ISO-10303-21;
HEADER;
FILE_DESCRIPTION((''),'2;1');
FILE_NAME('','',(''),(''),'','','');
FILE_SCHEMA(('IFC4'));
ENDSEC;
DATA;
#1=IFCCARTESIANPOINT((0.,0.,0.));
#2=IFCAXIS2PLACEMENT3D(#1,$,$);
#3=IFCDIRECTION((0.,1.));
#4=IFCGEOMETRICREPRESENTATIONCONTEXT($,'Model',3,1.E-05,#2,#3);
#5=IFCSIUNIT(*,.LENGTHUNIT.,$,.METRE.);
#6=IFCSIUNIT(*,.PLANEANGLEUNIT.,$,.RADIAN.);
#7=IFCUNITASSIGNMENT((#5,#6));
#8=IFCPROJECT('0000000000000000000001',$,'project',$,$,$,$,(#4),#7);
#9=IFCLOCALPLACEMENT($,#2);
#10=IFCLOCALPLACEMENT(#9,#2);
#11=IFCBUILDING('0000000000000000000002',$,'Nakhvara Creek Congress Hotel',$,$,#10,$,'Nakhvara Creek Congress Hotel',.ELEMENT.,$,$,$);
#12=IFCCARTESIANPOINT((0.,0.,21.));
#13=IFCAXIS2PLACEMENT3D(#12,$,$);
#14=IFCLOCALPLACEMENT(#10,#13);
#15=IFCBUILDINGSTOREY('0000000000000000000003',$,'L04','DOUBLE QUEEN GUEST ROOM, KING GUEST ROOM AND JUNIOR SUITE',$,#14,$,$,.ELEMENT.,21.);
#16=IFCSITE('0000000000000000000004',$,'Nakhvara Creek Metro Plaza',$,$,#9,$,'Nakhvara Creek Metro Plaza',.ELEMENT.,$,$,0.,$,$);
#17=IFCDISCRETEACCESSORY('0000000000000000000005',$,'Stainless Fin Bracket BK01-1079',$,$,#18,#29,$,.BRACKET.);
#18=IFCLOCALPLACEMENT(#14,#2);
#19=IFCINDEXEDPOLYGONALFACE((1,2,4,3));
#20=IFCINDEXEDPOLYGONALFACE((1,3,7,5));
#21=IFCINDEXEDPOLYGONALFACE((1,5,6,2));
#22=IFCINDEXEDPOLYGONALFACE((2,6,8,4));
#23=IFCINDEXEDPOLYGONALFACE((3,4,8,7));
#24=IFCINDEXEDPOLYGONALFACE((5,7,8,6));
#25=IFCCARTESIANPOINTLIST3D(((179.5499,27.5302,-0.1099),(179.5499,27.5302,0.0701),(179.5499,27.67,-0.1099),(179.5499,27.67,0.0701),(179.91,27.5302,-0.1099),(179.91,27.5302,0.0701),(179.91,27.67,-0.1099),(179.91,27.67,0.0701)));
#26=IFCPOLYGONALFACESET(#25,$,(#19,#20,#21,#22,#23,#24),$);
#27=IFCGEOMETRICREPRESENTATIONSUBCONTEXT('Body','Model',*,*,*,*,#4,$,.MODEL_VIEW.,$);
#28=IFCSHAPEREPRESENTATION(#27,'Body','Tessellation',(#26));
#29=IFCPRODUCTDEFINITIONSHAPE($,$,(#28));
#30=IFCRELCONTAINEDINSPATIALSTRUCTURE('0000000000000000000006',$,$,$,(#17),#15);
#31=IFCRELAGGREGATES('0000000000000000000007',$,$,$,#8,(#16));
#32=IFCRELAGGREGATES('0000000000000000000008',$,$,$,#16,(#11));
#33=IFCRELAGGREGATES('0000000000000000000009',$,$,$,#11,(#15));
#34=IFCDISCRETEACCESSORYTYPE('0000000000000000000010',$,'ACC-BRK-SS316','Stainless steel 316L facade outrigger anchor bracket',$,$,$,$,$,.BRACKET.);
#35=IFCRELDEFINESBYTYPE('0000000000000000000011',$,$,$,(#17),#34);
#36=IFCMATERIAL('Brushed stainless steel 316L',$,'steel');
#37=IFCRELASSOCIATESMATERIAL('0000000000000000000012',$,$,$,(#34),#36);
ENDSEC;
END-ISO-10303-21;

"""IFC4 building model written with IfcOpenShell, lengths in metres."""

from ifc_helpers import new_model, si_unit, direction, frame, origin, origin_2d, place, context, subcontext, project, spatial, rectangle, extrude, material, type_object, element, save


model = new_model("IFC4")

# Units and contexts
model_context = context("Model", 3, precision=1e-05, world=origin(), true_north=direction((0.0, 1.0)))
body_context = subcontext(model_context, "Body", "Model", "MODEL_VIEW")
ifc_project = project(units=[si_unit("LENGTHUNIT", "METRE"), si_unit("PLANEANGLEUNIT", "RADIAN")], contexts=[model_context])

# Site, building, storey
site_placement = place(None, origin())
site = spatial("IfcSite", under=ifc_project, at=site_placement, Name="Nakhvara Creek Metro Plaza", LongName="Nakhvara Creek Metro Plaza", CompositionType="ELEMENT", RefElevation=0.0)
building_placement = place(site_placement, origin())
building = spatial("IfcBuilding", under=site, at=building_placement, Name="Nakhvara Creek Congress Hotel", LongName="Nakhvara Creek Congress Hotel", CompositionType="ELEMENT")
storey_placement = place(building_placement, frame((0.0, 0.0, 21.0)))
storey = spatial("IfcBuildingStorey", under=building, at=storey_placement, Name="L04", Description="DOUBLE QUEEN GUEST ROOM, KING GUEST ROOM AND JUNIOR SUITE", CompositionType="ELEMENT", Elevation=21.0)

# Discrete accessory
ifc_material_1 = material(Name="Brushed stainless steel 316L", Category="steel")
discrete_accessory_type = type_object("IfcDiscreteAccessoryType", Name="ACC-BRK-SS316", Description="Stainless steel 316L facade outrigger anchor bracket", PredefinedType="BRACKET", material=ifc_material_1)
for number, where, z_axis, x_axis, name in (
    (1, (179.73, 27.6001, -0.1099), (0.0, 0.0, 1.0), (0.0, 1.0, 0.0), "Stainless Fin Bracket BK01-1079"),
):
    element("IfcDiscreteAccessory", number, at=place(storey_placement, frame(where, z_axis=z_axis, x_axis=x_axis)), inside=storey, type_object=discrete_accessory_type, Name=name, PredefinedType="BRACKET", context=body_context, shape_type="SweptSolid", body=[
        extrude(rectangle(XDim=0.1399, YDim=0.3601, at=origin_2d()), origin(), (0.0, 0.0, 1.0), 0.1799),
    ])

save(model, "model.ifc")
